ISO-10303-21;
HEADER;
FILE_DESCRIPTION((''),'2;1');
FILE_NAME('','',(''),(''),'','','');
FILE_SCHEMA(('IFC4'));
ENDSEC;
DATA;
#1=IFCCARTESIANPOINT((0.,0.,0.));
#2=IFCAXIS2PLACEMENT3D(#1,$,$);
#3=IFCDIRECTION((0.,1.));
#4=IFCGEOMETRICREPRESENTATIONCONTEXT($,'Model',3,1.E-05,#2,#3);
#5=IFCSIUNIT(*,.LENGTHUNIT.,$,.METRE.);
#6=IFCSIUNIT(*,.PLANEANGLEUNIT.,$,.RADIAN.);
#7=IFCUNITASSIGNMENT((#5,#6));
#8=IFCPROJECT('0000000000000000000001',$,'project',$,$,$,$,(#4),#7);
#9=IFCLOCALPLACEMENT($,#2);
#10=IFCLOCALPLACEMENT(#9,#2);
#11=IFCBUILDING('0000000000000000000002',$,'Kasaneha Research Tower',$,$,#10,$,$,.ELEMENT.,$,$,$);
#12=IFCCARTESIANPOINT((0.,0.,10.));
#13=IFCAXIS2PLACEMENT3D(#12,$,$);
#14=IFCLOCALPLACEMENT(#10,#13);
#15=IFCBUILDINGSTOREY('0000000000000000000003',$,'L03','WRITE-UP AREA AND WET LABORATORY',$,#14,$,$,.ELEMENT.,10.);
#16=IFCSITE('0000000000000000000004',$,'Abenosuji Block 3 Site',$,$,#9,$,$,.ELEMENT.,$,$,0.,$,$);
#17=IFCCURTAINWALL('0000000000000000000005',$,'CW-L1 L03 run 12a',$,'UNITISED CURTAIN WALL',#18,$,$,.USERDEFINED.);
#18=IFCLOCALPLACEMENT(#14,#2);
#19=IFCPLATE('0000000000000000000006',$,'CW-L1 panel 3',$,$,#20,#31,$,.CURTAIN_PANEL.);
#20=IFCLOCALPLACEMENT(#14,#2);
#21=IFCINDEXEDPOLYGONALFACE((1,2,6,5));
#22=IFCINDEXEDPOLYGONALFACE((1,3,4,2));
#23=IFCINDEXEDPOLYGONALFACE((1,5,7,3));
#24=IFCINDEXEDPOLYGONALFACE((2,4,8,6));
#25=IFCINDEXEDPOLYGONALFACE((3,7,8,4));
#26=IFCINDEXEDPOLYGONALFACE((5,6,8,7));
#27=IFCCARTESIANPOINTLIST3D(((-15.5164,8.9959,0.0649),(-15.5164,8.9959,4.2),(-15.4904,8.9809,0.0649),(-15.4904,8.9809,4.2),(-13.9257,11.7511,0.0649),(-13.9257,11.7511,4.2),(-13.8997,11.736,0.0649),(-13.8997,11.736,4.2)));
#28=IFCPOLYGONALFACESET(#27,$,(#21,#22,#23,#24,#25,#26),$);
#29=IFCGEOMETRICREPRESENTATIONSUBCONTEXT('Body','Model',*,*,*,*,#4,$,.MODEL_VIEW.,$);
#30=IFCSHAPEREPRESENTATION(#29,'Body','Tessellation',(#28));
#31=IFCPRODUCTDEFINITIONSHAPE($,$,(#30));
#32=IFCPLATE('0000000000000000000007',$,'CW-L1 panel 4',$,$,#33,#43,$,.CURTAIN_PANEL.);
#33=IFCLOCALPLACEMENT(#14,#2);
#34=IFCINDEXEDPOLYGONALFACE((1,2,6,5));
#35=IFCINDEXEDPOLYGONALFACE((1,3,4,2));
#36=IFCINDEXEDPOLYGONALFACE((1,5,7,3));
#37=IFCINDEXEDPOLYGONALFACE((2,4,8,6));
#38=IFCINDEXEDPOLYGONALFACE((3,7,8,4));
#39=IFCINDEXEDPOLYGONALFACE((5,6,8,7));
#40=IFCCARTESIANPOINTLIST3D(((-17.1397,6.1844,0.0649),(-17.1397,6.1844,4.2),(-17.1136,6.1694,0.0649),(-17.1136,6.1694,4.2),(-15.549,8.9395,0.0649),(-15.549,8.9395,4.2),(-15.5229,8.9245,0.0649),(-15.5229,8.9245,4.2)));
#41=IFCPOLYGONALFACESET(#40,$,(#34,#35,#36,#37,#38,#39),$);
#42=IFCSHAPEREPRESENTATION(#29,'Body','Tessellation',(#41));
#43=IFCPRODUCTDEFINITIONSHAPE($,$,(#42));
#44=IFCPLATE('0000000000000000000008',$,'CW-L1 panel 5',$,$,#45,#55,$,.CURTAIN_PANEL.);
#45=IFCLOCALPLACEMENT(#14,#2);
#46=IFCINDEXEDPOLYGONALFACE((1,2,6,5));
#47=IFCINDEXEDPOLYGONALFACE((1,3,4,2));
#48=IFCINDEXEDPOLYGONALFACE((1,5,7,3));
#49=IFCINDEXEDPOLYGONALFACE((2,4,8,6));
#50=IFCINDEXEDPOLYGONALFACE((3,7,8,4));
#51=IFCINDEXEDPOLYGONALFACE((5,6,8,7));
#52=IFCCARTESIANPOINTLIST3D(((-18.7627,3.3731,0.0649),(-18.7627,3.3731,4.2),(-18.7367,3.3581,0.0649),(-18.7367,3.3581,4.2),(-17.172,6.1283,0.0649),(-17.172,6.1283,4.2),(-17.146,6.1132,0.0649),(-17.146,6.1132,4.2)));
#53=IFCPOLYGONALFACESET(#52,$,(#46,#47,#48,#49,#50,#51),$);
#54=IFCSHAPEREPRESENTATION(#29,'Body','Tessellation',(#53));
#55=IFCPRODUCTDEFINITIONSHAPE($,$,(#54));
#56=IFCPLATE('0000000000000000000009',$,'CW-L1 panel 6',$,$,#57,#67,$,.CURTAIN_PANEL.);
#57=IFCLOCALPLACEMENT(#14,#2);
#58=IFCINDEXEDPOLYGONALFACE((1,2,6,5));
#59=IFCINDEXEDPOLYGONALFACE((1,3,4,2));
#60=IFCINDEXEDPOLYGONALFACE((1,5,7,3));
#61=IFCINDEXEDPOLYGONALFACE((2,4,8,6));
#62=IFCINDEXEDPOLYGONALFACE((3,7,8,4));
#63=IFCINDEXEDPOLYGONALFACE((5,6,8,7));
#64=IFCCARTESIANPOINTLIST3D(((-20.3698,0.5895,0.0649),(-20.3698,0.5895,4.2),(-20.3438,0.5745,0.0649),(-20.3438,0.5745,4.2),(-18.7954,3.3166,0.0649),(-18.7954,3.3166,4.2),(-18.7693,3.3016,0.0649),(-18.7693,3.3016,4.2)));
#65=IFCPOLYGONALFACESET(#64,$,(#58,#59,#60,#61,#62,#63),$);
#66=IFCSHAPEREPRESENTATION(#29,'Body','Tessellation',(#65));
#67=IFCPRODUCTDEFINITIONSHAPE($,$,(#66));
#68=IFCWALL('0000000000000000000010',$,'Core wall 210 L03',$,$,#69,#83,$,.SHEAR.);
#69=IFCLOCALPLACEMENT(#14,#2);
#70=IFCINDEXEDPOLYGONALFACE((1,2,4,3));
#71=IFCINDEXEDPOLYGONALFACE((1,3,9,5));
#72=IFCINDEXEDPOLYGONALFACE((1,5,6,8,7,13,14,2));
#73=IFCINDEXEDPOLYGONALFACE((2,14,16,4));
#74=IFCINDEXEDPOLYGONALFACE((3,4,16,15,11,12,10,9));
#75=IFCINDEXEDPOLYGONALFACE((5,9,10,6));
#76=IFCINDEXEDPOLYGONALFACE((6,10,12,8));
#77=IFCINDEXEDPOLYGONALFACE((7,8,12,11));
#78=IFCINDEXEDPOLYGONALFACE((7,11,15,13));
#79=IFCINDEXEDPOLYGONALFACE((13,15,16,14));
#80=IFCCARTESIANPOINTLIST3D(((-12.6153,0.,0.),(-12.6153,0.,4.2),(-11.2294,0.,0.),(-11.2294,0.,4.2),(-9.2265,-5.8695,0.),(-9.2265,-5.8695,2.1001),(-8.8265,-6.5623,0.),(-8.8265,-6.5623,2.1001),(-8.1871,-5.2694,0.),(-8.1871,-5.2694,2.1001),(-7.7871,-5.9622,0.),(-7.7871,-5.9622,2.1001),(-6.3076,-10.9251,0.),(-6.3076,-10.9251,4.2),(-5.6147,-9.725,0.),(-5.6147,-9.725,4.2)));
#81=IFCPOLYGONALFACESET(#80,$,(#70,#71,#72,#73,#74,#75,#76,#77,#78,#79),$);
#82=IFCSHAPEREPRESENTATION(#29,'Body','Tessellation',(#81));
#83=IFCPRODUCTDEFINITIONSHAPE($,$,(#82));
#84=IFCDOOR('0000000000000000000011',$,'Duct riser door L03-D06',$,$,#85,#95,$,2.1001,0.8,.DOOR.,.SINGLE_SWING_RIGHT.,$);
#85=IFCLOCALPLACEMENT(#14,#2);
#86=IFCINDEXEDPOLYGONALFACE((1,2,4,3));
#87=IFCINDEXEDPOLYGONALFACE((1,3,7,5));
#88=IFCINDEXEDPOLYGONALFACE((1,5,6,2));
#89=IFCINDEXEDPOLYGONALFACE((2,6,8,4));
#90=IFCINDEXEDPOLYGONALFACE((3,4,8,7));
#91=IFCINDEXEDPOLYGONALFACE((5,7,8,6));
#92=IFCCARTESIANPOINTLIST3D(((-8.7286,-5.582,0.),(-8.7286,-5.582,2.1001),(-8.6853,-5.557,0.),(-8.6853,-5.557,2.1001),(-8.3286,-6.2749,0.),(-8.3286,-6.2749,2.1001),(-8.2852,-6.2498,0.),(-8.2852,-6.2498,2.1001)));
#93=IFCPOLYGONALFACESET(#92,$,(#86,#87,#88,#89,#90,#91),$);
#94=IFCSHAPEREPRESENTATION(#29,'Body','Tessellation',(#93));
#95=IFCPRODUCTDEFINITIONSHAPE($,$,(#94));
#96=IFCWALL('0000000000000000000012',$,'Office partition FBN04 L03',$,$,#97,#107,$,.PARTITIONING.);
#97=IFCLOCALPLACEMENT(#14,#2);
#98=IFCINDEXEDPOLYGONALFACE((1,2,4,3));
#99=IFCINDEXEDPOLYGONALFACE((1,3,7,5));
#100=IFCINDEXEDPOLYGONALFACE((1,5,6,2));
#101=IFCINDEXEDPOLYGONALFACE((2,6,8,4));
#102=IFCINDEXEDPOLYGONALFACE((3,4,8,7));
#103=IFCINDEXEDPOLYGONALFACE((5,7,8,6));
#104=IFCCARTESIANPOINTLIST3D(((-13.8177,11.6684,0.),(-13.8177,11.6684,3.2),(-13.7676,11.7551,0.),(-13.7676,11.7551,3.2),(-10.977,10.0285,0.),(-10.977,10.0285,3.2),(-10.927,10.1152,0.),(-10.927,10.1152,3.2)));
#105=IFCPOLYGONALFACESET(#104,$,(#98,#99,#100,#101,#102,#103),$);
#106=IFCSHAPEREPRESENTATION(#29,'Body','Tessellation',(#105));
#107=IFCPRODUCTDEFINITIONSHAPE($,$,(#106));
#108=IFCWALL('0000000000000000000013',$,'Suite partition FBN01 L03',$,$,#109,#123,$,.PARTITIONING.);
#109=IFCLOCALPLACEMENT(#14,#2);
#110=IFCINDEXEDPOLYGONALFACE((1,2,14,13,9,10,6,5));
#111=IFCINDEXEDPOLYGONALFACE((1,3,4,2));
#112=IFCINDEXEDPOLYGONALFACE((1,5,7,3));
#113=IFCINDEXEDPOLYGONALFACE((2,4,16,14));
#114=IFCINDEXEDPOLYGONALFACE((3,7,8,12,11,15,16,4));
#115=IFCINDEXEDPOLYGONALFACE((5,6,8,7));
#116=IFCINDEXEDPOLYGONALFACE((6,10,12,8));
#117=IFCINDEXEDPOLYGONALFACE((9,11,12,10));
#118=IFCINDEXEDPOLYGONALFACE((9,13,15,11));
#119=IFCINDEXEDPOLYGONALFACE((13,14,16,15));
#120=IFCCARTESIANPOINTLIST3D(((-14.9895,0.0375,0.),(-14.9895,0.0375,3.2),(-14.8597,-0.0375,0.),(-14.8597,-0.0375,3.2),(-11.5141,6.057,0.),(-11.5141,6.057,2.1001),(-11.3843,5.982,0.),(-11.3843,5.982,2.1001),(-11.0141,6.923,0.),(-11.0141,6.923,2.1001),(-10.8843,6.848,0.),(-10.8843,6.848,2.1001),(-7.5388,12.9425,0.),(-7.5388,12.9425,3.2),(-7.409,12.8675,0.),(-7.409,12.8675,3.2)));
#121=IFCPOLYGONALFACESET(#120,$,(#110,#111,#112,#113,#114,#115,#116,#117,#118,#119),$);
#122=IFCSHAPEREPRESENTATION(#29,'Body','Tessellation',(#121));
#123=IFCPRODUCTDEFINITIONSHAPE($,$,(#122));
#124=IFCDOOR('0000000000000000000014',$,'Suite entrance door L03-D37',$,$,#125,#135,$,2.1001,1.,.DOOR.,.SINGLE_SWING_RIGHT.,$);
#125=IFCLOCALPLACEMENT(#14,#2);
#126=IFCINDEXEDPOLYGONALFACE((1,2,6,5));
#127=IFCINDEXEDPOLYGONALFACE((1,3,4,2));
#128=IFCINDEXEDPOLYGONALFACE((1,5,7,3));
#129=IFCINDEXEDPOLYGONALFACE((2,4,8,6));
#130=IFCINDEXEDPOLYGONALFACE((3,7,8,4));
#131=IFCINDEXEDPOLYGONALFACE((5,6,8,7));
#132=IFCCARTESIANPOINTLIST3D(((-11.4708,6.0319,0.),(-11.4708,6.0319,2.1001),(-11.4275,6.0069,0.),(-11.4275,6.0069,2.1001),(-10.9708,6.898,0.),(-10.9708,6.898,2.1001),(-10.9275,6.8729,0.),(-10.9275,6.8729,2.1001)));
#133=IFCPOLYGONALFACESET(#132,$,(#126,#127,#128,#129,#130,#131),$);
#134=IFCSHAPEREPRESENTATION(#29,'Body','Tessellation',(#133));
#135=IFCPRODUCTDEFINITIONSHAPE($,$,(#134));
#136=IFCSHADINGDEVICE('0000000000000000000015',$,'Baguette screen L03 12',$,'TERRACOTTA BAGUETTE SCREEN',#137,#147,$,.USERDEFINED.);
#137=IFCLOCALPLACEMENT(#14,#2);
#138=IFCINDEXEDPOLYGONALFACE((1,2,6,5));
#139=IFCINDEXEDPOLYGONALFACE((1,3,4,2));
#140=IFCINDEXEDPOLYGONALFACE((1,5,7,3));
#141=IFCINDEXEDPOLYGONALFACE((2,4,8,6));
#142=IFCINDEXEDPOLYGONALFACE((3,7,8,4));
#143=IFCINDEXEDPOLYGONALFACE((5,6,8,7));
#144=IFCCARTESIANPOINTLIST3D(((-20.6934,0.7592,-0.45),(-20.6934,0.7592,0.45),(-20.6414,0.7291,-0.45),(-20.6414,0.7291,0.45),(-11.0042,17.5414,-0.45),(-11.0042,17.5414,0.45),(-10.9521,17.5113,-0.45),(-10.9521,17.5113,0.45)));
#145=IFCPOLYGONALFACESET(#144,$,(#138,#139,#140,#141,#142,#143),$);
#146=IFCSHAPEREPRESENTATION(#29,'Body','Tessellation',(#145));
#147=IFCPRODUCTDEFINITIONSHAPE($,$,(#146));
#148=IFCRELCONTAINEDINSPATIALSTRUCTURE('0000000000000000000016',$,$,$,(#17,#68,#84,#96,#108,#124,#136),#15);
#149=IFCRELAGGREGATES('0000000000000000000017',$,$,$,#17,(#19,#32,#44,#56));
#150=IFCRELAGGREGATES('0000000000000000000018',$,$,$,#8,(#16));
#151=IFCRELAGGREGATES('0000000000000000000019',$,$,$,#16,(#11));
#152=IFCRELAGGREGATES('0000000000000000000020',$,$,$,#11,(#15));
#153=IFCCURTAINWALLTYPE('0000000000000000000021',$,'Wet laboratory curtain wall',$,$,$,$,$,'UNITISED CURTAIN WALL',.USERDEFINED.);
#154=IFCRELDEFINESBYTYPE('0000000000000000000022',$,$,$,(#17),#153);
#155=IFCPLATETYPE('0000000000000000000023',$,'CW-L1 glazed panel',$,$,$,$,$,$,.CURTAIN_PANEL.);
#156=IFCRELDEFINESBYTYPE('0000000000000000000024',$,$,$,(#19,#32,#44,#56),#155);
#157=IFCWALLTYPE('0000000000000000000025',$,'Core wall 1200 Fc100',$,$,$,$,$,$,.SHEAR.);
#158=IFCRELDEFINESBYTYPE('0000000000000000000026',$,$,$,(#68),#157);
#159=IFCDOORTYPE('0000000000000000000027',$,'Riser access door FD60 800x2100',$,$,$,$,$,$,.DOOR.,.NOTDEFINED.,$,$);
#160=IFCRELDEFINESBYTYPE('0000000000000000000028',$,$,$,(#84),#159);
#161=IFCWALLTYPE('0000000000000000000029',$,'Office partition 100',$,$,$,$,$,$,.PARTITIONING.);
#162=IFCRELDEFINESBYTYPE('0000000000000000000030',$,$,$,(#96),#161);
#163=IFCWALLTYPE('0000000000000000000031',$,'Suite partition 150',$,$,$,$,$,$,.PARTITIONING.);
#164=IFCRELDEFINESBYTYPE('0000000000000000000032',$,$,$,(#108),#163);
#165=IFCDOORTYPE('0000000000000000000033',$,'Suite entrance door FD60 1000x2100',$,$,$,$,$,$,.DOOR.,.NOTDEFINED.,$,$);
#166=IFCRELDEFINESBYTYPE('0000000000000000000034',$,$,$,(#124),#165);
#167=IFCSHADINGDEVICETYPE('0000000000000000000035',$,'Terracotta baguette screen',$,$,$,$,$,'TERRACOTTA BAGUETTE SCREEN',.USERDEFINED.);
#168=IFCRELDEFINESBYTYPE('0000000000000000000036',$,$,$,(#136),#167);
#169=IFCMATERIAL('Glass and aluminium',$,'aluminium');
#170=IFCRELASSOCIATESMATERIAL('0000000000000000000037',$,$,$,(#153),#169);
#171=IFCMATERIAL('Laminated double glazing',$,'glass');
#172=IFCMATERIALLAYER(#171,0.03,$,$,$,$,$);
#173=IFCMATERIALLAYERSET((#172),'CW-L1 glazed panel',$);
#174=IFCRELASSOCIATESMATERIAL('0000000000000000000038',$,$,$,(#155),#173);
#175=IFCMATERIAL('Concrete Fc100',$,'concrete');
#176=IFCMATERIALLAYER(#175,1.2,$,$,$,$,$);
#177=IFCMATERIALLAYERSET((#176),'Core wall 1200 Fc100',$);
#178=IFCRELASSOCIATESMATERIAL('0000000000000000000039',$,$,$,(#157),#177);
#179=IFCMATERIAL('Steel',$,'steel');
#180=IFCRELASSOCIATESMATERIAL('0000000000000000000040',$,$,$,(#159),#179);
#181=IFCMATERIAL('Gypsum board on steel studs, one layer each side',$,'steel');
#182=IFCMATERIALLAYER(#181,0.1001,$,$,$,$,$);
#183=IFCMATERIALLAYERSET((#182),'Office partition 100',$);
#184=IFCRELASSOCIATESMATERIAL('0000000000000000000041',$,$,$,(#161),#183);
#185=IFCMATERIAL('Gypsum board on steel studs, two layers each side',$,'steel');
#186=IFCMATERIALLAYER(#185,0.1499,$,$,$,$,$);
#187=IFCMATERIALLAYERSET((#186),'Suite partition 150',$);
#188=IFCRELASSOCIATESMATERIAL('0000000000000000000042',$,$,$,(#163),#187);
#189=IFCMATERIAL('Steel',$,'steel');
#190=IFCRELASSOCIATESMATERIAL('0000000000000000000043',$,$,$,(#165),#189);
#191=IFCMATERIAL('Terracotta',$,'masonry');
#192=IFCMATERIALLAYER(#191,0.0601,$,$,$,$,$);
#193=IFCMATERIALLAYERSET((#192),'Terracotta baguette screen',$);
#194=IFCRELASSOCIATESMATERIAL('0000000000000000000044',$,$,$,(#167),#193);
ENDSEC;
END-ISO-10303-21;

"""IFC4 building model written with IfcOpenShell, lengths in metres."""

from ifc_helpers import new_model, si_unit, direction, frame, frame_2d, origin, origin_2d, place, context, subcontext, project, spatial, polyline, rectangle, outline, extrude, material, layer, layer_set, type_object, element, fill, aggregate, save


model = new_model("IFC4")

# Units and contexts
model_context = context("Model", 3, precision=1e-05, world=origin(), true_north=direction((0.0, 1.0)))
body_context = subcontext(model_context, "Body", "Model", "MODEL_VIEW")
ifc_project = project(units=[si_unit("LENGTHUNIT", "METRE"), si_unit("PLANEANGLEUNIT", "RADIAN")], contexts=[model_context])

# Site, building, storey
site_placement = place(None, origin())
site = spatial("IfcSite", under=ifc_project, at=site_placement, Name="Abenosuji Block 3 Site", CompositionType="ELEMENT", RefElevation=0.0)
building_placement = place(site_placement, origin())
building = spatial("IfcBuilding", under=site, at=building_placement, Name="Kasaneha Research Tower", CompositionType="ELEMENT")
storey_placement = place(building_placement, frame((0.0, 0.0, 10.0)))
storey = spatial("IfcBuildingStorey", under=building, at=storey_placement, Name="L03", Description="WRITE-UP AREA AND WET LABORATORY", CompositionType="ELEMENT", Elevation=10.0)

# Curtain wall
ifc_material_1 = material(Name="Glass and aluminium", Category="aluminium")
curtain_wall_type = type_object("IfcCurtainWallType", Name="Wet laboratory curtain wall", ElementType="UNITISED CURTAIN WALL", PredefinedType="USERDEFINED", material=ifc_material_1)
curtain_wall_1_placement = place(storey_placement, origin())
curtain_wall_1 = element("IfcCurtainWall", 1, at=curtain_wall_1_placement, inside=storey, type_object=curtain_wall_type, Name="CW-L1 L03 run 12a", ObjectType="UNITISED CURTAIN WALL", PredefinedType="USERDEFINED")

# Plates
ifc_material_2 = material(Name="Laminated double glazing", Category="glass")
ifc_layer_1 = layer(ifc_material_2, 0.03)
ifc_layer_set_1 = layer_set([ifc_layer_1], Name="CW-L1 glazed panel")
plate_type = type_object("IfcPlateType", Name="CW-L1 glazed panel", PredefinedType="CURTAIN_PANEL", material=ifc_layer_set_1)
plate_1_placement = place(storey_placement, frame((-14.708, 10.366, 0.0649), z_axis=(0.0, 0.0, 1.0), x_axis=(-0.5, -0.866025, 0.0)))
plate_1 = element("IfcPlate", 2, at=plate_1_placement, type_object=plate_type, Name="CW-L1 panel 3", PredefinedType="CURTAIN_PANEL", context=body_context, shape_type="SweptSolid", body=[
    extrude(rectangle(XDim=3.1814, YDim=0.03, at=origin_2d()), origin(), (0.0, 0.0, 1.0), 4.135),
])
plate_2_placement = place(storey_placement, frame((-16.3313, 7.5544, 0.0649), z_axis=(0.0, 0.0, 1.0), x_axis=(-0.5, -0.866025, 0.0)))
plate_2 = element("IfcPlate", 3, at=plate_2_placement, type_object=plate_type, Name="CW-L1 panel 4", PredefinedType="CURTAIN_PANEL", context=body_context, shape_type="SweptSolid", body=[
    extrude(rectangle(XDim=3.1814, YDim=0.03, at=origin_2d()), origin(), (0.0, 0.0, 1.0), 4.135),
])
plate_3_placement = place(storey_placement, frame((-17.9543, 4.7432, 0.0649), z_axis=(0.0, 0.0, 1.0), x_axis=(-0.5, -0.866025, 0.0)))
plate_3 = element("IfcPlate", 4, at=plate_3_placement, type_object=plate_type, Name="CW-L1 panel 5", PredefinedType="CURTAIN_PANEL", context=body_context, shape_type="SweptSolid", body=[
    extrude(rectangle(XDim=3.1814, YDim=0.03, at=origin_2d()), origin(), (0.0, 0.0, 1.0), 4.135),
])
plate_4_placement = place(storey_placement, frame((-19.5696, 1.9456, 0.0649), z_axis=(0.0, 0.0, 1.0), x_axis=(-0.5, -0.866025, 0.0)))
plate_4 = element("IfcPlate", 5, at=plate_4_placement, type_object=plate_type, Name="CW-L1 panel 6", PredefinedType="CURTAIN_PANEL", context=body_context, shape_type="SweptSolid", body=[
    extrude(rectangle(XDim=3.1489, YDim=0.03, at=origin_2d()), origin(), (0.0, 0.0, 1.0), 4.135),
])
aggregate(curtain_wall_1, [plate_1, plate_2, plate_3, plate_4])

# Wall, opening, door
ifc_material_3 = material(Name="Concrete Fc100", Category="concrete")
ifc_layer_2 = layer(ifc_material_3, 1.2)
ifc_layer_set_2 = layer_set([ifc_layer_2], Name="Core wall 1200 Fc100")
wall_type_1 = type_object("IfcWallType", Name="Core wall 1200 Fc100", PredefinedType="SHEAR", material=ifc_layer_set_2)
wall_1_placement = place(storey_placement, frame((-11.9224, 0.0, 0.0), z_axis=(0.0, 0.0, 1.0), x_axis=(0.500004, -0.866023, 0.0)))
wall_1 = element("IfcWall", 6, at=wall_1_placement, inside=storey, type_object=wall_type_1, Name="Core wall 210 L03", PredefinedType="SHEAR", context=body_context, shape_type="SweptSolid", body=[
    extrude(outline(polyline([(-0.3464, -0.6001), (6.4312, -0.6001), (7.2312, -0.6001), (12.2688, -0.6001), (11.5759, 0.6001), (7.2312, 0.6001), (6.4312, 0.6001), (0.3464, 0.6001), (-0.3464, -0.6001)])), origin(), (0.0, 0.0, 1.0), 4.2),
])
opening_1_placement = place(wall_1_placement, frame((6.4312, 0.0, 0.0)))
opening_1 = element("IfcOpeningElement", 7, at=opening_1_placement, cuts=wall_1, PredefinedType="OPENING", context=body_context, shape_type="SweptSolid", body=[
    extrude(rectangle(XDim=0.8, YDim=2.1001, at=frame_2d((0.3999, 1.05))), frame((0.0, 0.6099, 0.0), z_axis=(0.0, -1.0, 0.0), x_axis=(1.0, 0.0, 0.0)), (0.0, 0.0, 1.0), 1.22),
])
ifc_material_4 = material(Name="Steel", Category="steel")
door_type_1 = type_object("IfcDoorType", Name="Riser access door FD60 800x2100", OperationType="NOTDEFINED", PredefinedType="DOOR", material=ifc_material_4)
door_1_placement = place(opening_1_placement, origin())
door_1 = element("IfcDoor", 8, at=door_1_placement, inside=storey, type_object=door_type_1, Name="Duct riser door L03-D06", OperationType="SINGLE_SWING_RIGHT", OverallHeight=2.1001, OverallWidth=0.8, PredefinedType="DOOR", context=body_context, shape_type="SweptSolid", body=[
    extrude(rectangle(XDim=0.8, YDim=2.1001, at=frame_2d((0.3999, 1.05))), frame((0.0, 0.0249, 0.0), z_axis=(0.0, -1.0, 0.0), x_axis=(1.0, 0.0, 0.0)), (0.0, 0.0, 1.0), 0.05),
])
fill(opening_1, door_1)

# Wall
ifc_material_5 = material(Name="Gypsum board on steel studs, one layer each side", Category="steel")
ifc_layer_3 = layer(ifc_material_5, 0.1001)
ifc_layer_set_3 = layer_set([ifc_layer_3], Name="Office partition 100")
wall_type_2 = type_object("IfcWallType", Name="Office partition 100", PredefinedType="PARTITIONING", material=ifc_layer_set_3)
wall_2_placement = place(storey_placement, frame((-10.9519, 10.0718, 0.0), z_axis=(0.0, 0.0, 1.0), x_axis=(-0.866041, 0.499974, 0.0)))
element("IfcWall", 9, at=wall_2_placement, inside=storey, type_object=wall_type_2, Name="Office partition FBN04 L03", PredefinedType="PARTITIONING", context=body_context, shape_type="SweptSolid", body=[
    extrude(rectangle(XDim=3.28, YDim=0.1001, at=frame_2d((1.6401, 0.0))), origin(), (0.0, 0.0, 1.0), 3.2),
])

# Wall, opening, door
ifc_material_6 = material(Name="Gypsum board on steel studs, two layers each side", Category="steel")
ifc_layer_4 = layer(ifc_material_6, 0.1499)
ifc_layer_set_4 = layer_set([ifc_layer_4], Name="Suite partition 150")
wall_type_3 = type_object("IfcWallType", Name="Suite partition 150", PredefinedType="PARTITIONING", material=ifc_layer_set_4)
wall_3_placement = place(storey_placement, frame((-14.9246, 0.0, 0.0), z_axis=(0.0, 0.0, 1.0), x_axis=(0.499998, 0.866027, 0.0)))
wall_3 = element("IfcWall", 10, at=wall_3_placement, inside=storey, type_object=wall_type_3, Name="Suite partition FBN01 L03", PredefinedType="PARTITIONING", context=body_context, shape_type="SweptSolid", body=[
    extrude(rectangle(XDim=14.9014, YDim=0.1499, at=frame_2d((7.4507, 0.0))), origin(), (0.0, 0.0, 1.0), 3.2),
])
opening_2_placement = place(wall_3_placement, frame((6.9507, 0.0, 0.0)))
opening_2 = element("IfcOpeningElement", 11, at=opening_2_placement, cuts=wall_3, PredefinedType="OPENING", context=body_context, shape_type="SweptSolid", body=[
    extrude(rectangle(XDim=1.0, YDim=2.1001, at=frame_2d((0.5, 1.05))), frame((0.0, 0.085, 0.0), z_axis=(0.0, -1.0, 0.0), x_axis=(1.0, 0.0, 0.0)), (0.0, 0.0, 1.0), 0.1699),
])
ifc_material_7 = material(Name="Steel", Category="steel")
door_type_2 = type_object("IfcDoorType", Name="Suite entrance door FD60 1000x2100", OperationType="NOTDEFINED", PredefinedType="DOOR", material=ifc_material_7)
door_2_placement = place(opening_2_placement, origin())
door_2 = element("IfcDoor", 12, at=door_2_placement, inside=storey, type_object=door_type_2, Name="Suite entrance door L03-D37", OperationType="SINGLE_SWING_RIGHT", OverallHeight=2.1001, OverallWidth=1.0, PredefinedType="DOOR", context=body_context, shape_type="SweptSolid", body=[
    extrude(rectangle(XDim=1.0, YDim=2.1001, at=frame_2d((0.5, 1.05))), frame((0.0, 0.0249, 0.0), z_axis=(0.0, -1.0, 0.0), x_axis=(1.0, 0.0, 0.0)), (0.0, 0.0, 1.0), 0.05),
])
fill(opening_2, door_2)

# Shading device
ifc_material_8 = material(Name="Terracotta", Category="masonry")
ifc_layer_5 = layer(ifc_material_8, 0.0601)
ifc_layer_set_5 = layer_set([ifc_layer_5], Name="Terracotta baguette screen")
shading_device_type = type_object("IfcShadingDeviceType", Name="Terracotta baguette screen", ElementType="TERRACOTTA BAGUETTE SCREEN", PredefinedType="USERDEFINED", material=ifc_layer_set_5)
shading_device_placement = place(storey_placement, frame((-15.8228, 9.1353, -0.45), z_axis=(0.0, 0.0, 1.0), x_axis=(-0.5, -0.866025, 0.0)))
element("IfcShadingDevice", 13, at=shading_device_placement, inside=storey, type_object=shading_device_type, Name="Baguette screen L03 12", ObjectType="TERRACOTTA BAGUETTE SCREEN", PredefinedType="USERDEFINED", context=body_context, shape_type="SweptSolid", body=[
    extrude(rectangle(XDim=19.3784, YDim=0.0601, at=origin_2d()), origin(), (0.0, 0.0, 1.0), 0.8999),
])

save(model, "model.ifc")
